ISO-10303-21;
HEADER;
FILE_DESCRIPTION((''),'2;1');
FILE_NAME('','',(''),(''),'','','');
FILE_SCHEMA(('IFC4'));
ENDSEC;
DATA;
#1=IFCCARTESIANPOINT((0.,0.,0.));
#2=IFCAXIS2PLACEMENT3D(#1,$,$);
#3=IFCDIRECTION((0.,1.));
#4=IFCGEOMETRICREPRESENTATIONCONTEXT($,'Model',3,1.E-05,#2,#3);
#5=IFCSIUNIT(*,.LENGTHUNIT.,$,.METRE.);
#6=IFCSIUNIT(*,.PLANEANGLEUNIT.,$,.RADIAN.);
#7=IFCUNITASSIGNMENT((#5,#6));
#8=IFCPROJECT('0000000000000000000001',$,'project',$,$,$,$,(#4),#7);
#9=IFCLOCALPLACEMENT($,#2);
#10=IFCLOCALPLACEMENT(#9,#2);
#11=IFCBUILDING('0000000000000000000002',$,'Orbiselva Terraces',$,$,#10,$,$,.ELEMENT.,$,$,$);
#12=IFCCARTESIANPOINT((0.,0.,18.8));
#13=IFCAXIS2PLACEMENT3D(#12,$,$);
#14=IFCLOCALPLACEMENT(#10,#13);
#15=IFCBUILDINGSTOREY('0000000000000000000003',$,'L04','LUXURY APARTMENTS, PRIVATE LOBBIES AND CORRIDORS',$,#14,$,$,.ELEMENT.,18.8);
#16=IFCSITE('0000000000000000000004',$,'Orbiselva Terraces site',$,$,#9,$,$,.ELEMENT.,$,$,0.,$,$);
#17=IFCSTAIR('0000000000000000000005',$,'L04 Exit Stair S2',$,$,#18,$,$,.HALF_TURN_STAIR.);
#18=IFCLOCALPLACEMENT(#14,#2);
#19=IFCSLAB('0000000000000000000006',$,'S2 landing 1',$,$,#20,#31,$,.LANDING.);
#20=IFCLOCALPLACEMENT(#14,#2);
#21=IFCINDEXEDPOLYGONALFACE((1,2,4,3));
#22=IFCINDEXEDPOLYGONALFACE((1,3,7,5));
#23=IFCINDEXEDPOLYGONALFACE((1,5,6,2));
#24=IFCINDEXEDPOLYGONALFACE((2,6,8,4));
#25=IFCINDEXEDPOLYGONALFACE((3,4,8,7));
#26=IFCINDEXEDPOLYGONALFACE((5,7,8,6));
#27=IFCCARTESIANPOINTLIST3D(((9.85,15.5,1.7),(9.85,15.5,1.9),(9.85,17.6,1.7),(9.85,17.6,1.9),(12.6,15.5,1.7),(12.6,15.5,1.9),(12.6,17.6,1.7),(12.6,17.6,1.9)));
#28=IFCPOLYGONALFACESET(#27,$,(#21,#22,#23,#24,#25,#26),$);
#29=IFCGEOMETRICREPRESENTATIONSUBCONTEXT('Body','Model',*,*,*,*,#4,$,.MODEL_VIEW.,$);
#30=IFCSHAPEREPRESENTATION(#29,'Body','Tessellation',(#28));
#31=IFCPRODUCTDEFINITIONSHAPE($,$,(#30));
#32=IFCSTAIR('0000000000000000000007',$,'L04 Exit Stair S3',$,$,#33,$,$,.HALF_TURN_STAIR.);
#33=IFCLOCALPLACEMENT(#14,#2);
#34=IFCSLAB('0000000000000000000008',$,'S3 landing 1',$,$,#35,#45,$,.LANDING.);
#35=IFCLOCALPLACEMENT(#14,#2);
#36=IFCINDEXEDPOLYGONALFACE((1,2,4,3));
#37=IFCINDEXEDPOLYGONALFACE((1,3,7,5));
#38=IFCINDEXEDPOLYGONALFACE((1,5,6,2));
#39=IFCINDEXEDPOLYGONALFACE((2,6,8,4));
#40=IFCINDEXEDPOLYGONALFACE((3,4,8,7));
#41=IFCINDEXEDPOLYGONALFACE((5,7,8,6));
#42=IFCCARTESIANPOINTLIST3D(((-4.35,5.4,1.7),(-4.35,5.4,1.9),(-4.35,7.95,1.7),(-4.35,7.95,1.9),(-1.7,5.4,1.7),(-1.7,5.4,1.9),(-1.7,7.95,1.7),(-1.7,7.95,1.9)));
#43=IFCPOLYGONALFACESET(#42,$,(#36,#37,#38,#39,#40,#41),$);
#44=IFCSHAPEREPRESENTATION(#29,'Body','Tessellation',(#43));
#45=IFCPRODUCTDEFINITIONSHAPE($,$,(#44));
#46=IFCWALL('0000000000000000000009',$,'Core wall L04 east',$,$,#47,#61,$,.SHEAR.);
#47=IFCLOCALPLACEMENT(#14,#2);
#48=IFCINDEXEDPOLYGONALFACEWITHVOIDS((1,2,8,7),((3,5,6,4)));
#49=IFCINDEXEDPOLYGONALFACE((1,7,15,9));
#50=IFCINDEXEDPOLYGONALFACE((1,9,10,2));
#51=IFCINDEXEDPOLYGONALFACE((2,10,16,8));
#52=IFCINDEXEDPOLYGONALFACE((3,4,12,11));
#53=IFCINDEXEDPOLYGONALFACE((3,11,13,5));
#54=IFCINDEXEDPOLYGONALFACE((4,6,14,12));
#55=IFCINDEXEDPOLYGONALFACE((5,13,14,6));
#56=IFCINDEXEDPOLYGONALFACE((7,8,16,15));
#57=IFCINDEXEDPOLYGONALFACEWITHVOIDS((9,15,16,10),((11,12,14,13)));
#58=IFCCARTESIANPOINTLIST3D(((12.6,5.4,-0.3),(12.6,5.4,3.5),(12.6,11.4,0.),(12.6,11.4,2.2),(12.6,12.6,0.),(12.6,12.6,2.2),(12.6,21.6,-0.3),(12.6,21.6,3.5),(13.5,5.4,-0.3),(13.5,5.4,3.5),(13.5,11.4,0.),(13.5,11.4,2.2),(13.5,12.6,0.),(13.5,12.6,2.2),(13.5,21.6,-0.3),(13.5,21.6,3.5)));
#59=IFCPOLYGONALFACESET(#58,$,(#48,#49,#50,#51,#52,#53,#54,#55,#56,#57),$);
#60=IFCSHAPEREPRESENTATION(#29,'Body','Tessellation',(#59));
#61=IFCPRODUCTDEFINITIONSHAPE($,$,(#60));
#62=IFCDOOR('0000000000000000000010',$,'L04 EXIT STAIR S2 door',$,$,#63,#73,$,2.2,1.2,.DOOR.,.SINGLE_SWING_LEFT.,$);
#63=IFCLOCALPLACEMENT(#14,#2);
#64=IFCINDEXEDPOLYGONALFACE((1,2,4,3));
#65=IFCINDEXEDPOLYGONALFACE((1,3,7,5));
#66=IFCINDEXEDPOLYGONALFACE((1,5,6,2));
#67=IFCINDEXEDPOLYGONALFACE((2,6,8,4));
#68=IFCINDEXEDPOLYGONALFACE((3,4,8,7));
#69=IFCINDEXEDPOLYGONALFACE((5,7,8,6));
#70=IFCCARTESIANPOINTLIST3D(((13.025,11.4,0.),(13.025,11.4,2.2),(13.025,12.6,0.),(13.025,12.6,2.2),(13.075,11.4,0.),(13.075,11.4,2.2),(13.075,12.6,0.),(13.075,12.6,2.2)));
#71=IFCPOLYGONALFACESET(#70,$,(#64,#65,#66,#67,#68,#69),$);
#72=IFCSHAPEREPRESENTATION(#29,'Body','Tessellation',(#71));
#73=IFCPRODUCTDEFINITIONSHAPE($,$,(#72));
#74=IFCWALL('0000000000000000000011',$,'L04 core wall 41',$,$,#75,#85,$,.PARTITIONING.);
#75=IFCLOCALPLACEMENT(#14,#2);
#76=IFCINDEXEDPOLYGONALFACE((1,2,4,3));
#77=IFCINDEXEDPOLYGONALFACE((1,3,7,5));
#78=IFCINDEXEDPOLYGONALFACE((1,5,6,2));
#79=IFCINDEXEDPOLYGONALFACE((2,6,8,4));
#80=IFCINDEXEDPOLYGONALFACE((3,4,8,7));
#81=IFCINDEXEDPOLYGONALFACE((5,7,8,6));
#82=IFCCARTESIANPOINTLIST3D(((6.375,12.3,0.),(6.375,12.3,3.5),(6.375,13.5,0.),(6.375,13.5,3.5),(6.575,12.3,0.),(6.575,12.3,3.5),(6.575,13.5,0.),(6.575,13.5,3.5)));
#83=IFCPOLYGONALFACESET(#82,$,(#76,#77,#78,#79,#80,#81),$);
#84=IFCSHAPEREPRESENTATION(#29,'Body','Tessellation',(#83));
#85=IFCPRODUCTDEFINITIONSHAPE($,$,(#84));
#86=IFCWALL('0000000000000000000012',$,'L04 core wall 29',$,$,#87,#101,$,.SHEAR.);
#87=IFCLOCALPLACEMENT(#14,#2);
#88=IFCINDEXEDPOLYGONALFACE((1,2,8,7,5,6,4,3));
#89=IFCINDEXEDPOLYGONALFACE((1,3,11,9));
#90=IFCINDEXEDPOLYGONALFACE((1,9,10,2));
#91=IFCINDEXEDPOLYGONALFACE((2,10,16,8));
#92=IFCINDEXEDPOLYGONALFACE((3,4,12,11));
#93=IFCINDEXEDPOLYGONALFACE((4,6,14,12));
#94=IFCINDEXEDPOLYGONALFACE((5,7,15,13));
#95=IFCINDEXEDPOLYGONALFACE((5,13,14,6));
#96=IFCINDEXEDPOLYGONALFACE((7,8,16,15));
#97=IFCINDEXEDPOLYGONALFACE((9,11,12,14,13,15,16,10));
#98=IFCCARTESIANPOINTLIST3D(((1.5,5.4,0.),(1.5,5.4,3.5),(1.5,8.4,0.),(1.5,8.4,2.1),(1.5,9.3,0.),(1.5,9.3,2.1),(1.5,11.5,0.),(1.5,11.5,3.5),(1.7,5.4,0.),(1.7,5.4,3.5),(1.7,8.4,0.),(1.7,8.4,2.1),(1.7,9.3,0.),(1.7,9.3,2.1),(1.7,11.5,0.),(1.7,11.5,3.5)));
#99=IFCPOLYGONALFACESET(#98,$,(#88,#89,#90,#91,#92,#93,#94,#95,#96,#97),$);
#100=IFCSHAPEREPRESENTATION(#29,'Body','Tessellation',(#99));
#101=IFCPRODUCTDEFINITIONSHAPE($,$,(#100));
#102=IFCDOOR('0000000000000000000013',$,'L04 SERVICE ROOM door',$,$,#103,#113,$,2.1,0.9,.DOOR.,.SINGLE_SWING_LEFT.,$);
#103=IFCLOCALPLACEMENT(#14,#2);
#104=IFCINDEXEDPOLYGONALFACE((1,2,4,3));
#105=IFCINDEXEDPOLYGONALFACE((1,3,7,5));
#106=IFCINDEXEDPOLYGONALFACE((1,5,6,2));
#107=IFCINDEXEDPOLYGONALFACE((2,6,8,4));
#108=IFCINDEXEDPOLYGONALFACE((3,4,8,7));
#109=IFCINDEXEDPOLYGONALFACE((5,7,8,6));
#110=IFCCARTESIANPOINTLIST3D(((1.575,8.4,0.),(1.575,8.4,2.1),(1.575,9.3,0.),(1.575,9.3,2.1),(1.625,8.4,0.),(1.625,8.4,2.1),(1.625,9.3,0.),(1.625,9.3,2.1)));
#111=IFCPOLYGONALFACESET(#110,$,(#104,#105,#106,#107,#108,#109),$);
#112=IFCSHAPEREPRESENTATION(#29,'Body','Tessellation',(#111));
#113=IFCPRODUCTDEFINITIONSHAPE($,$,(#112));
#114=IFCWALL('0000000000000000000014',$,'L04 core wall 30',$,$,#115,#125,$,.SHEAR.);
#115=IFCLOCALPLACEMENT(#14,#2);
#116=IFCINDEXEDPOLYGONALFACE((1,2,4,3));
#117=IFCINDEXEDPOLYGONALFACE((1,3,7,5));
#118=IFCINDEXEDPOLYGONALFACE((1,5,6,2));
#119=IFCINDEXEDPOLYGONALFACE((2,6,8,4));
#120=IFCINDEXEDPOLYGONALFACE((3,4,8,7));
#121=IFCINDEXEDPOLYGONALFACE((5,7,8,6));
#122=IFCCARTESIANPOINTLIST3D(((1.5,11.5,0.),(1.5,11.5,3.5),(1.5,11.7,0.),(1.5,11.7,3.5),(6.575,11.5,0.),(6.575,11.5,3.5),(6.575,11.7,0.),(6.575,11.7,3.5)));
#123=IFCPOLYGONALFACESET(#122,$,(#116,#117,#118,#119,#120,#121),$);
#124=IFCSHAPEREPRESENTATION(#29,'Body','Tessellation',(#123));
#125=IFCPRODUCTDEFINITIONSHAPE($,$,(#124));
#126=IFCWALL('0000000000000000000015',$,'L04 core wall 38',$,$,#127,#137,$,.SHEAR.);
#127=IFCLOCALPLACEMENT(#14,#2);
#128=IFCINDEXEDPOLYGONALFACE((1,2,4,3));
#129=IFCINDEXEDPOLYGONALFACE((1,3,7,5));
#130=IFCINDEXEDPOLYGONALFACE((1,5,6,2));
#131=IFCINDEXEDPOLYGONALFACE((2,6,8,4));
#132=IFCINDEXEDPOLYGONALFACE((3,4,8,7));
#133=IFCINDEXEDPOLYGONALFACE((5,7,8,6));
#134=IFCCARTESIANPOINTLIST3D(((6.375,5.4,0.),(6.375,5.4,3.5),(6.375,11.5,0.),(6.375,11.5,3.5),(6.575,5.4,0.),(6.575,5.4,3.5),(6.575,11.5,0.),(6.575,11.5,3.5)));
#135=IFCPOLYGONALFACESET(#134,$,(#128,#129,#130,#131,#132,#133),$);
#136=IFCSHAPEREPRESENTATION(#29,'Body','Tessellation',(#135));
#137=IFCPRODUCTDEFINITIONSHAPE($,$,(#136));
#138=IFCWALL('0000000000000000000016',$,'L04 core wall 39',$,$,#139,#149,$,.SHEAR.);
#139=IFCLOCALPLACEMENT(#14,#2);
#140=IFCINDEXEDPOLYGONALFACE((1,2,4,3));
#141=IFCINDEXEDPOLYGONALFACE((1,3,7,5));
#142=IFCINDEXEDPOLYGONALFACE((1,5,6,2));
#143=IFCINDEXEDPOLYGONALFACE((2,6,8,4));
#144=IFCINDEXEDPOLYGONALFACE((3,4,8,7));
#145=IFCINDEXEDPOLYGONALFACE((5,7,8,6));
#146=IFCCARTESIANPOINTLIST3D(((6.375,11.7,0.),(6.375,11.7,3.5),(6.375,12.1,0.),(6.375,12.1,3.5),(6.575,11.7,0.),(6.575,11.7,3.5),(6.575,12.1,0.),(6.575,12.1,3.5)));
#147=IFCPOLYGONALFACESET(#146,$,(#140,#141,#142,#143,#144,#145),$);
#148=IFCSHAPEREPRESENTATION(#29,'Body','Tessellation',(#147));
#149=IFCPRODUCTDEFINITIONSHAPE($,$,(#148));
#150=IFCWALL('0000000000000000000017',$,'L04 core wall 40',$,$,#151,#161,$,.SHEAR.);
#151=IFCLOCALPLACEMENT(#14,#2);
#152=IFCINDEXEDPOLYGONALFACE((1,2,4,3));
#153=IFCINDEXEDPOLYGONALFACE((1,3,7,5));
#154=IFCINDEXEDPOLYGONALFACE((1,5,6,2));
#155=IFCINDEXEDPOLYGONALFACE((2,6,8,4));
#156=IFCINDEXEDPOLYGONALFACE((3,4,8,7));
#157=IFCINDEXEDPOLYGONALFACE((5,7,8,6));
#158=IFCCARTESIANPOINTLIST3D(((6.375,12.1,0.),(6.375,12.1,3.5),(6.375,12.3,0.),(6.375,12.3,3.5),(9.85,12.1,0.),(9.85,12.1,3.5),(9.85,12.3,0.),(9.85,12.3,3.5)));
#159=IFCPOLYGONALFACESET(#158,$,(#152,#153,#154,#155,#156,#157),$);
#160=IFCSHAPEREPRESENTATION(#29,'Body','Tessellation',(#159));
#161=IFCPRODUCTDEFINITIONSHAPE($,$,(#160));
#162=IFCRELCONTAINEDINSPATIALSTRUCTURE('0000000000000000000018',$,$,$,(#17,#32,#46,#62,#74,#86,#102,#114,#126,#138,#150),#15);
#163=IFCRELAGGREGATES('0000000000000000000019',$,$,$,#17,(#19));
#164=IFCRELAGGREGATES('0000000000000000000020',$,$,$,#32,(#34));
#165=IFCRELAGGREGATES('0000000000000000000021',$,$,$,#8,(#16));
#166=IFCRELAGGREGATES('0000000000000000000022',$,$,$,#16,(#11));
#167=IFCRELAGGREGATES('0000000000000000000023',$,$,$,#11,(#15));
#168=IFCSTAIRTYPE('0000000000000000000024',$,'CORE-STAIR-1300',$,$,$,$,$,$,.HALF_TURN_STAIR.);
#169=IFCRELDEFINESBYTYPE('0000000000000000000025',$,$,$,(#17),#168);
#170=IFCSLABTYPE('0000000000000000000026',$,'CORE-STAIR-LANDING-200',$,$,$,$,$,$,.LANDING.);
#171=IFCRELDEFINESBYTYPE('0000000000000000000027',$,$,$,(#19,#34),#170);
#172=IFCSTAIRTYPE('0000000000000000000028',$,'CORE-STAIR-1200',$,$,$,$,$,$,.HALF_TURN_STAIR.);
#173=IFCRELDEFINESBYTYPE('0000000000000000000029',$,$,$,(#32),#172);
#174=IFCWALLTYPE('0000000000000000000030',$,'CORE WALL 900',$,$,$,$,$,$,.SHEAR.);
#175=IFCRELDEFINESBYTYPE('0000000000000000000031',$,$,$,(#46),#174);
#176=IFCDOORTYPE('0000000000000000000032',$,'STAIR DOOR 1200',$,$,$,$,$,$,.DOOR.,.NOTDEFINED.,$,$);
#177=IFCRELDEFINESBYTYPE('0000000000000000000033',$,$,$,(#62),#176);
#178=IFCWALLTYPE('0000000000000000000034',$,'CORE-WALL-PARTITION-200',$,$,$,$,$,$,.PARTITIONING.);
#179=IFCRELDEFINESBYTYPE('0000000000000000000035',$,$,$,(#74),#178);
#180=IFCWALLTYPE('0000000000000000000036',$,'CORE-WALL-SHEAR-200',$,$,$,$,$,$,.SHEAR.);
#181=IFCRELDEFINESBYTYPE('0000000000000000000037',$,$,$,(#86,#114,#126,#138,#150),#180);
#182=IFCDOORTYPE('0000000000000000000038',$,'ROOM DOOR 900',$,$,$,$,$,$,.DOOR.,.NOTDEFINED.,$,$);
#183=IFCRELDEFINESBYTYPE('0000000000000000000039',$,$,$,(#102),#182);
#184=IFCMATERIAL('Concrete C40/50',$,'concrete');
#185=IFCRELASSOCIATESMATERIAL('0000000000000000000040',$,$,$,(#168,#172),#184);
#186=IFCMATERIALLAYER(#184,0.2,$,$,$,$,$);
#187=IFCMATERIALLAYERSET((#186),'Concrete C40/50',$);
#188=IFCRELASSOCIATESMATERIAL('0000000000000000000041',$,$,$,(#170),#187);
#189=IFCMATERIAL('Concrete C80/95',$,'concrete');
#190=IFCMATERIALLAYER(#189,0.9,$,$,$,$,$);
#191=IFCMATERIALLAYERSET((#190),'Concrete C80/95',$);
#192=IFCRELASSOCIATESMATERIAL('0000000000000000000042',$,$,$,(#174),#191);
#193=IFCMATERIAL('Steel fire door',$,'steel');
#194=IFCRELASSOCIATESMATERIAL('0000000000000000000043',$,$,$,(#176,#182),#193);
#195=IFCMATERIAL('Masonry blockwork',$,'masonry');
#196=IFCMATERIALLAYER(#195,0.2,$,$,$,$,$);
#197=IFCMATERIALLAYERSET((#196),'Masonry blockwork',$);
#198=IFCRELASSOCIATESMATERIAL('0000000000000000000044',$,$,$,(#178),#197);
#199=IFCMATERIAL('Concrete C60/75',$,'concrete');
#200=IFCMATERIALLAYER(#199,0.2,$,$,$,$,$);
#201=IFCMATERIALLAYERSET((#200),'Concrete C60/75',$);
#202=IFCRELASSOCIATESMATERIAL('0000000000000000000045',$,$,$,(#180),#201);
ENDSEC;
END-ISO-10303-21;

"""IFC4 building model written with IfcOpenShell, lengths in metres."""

from ifc_helpers import new_model, si_unit, direction, frame, frame_2d, origin, place, context, subcontext, project, spatial, polyline, rectangle, outline, extrude, material, layer, layer_set, type_object, element, fill, aggregate, save


model = new_model("IFC4")

# Units and contexts
model_context = context("Model", 3, precision=1e-05, world=origin(), true_north=direction((0.0, 1.0)))
body_context = subcontext(model_context, "Body", "Model", "MODEL_VIEW")
ifc_project = project(units=[si_unit("LENGTHUNIT", "METRE"), si_unit("PLANEANGLEUNIT", "RADIAN")], contexts=[model_context])

# Site, building, storey
site_placement = place(None, origin())
site = spatial("IfcSite", under=ifc_project, at=site_placement, Name="Orbiselva Terraces site", CompositionType="ELEMENT", RefElevation=0.0)
building_placement = place(site_placement, origin())
building = spatial("IfcBuilding", under=site, at=building_placement, Name="Orbiselva Terraces", CompositionType="ELEMENT")
storey_placement = place(building_placement, frame((0.0, 0.0, 18.8)))
storey = spatial("IfcBuildingStorey", under=building, at=storey_placement, Name="L04", Description="LUXURY APARTMENTS, PRIVATE LOBBIES AND CORRIDORS", CompositionType="ELEMENT", Elevation=18.8)

# Stairs, slabs
ifc_material_1 = material(Name="Concrete C40/50", Category="concrete")
stair_type_1 = type_object("IfcStairType", Name="CORE-STAIR-1300", PredefinedType="HALF_TURN_STAIR", material=ifc_material_1)
stair_1_placement = place(storey_placement, origin())
stair_1 = element("IfcStair", 1, at=stair_1_placement, inside=storey, type_object=stair_type_1, Name="L04 Exit Stair S2", PredefinedType="HALF_TURN_STAIR")
ifc_layer_1 = layer(ifc_material_1, 0.2)
ifc_layer_set_1 = layer_set([ifc_layer_1], Name="Concrete C40/50")
slab_type = type_object("IfcSlabType", Name="CORE-STAIR-LANDING-200", PredefinedType="LANDING", material=ifc_layer_set_1)
slab_1_placement = place(storey_placement, frame((0.0, 0.0, 1.7)))
slab_1 = element("IfcSlab", 2, at=slab_1_placement, type_object=slab_type, Name="S2 landing 1", PredefinedType="LANDING", context=body_context, shape_type="SweptSolid", body=[
    extrude(outline(polyline([(12.6, 15.5), (12.6, 17.6), (9.85, 17.6), (9.85, 15.5), (12.6, 15.5)])), origin(), (0.0, 0.0, 1.0), 0.2),
])
aggregate(stair_1, [slab_1])
stair_type_2 = type_object("IfcStairType", Name="CORE-STAIR-1200", PredefinedType="HALF_TURN_STAIR", material=ifc_material_1)
stair_2_placement = place(storey_placement, origin())
stair_2 = element("IfcStair", 3, at=stair_2_placement, inside=storey, type_object=stair_type_2, Name="L04 Exit Stair S3", PredefinedType="HALF_TURN_STAIR")
slab_2_placement = place(storey_placement, frame((0.0, 0.0, 1.7)))
slab_2 = element("IfcSlab", 4, at=slab_2_placement, type_object=slab_type, Name="S3 landing 1", PredefinedType="LANDING", context=body_context, shape_type="SweptSolid", body=[
    extrude(outline(polyline([(-4.35, 5.4), (-1.7, 5.4), (-1.7, 7.95), (-4.35, 7.95), (-4.35, 5.4)])), origin(), (0.0, 0.0, 1.0), 0.2),
])
aggregate(stair_2, [slab_2])

# Wall, opening, door
ifc_material_2 = material(Name="Concrete C80/95", Category="concrete")
ifc_layer_2 = layer(ifc_material_2, 0.9)
ifc_layer_set_2 = layer_set([ifc_layer_2], Name="Concrete C80/95")
wall_type_1 = type_object("IfcWallType", Name="CORE WALL 900", PredefinedType="SHEAR", material=ifc_layer_set_2)
wall_1_placement = place(storey_placement, frame((13.05, 5.4, -0.3), z_axis=(0.0, 0.0, 1.0), x_axis=(0.0, 1.0, 0.0)))
wall_1 = element("IfcWall", 5, at=wall_1_placement, inside=storey, type_object=wall_type_1, Name="Core wall L04 east", PredefinedType="SHEAR", context=body_context, shape_type="SweptSolid", body=[
    extrude(rectangle(XDim=16.2, YDim=0.9, at=frame_2d((8.1, 0.0))), origin(), (0.0, 0.0, 1.0), 3.8),
])
opening_1_placement = place(wall_1_placement, frame((6.0, 0.0, 0.3)))
opening_1 = element("IfcOpeningElement", 6, at=opening_1_placement, cuts=wall_1, PredefinedType="OPENING", context=body_context, shape_type="SweptSolid", body=[
    extrude(rectangle(XDim=1.2, YDim=2.2, at=frame_2d((0.6, 1.1))), frame((0.0, 0.46, 0.0), z_axis=(0.0, -1.0, 0.0), x_axis=(1.0, 0.0, 0.0)), (0.0, 0.0, 1.0), 0.92),
])
ifc_material_3 = material(Name="Steel fire door", Category="steel")
door_type_1 = type_object("IfcDoorType", Name="STAIR DOOR 1200", OperationType="NOTDEFINED", PredefinedType="DOOR", material=ifc_material_3)
door_1_placement = place(opening_1_placement, frame((1.2, 0.0, 0.0), z_axis=(0.0, 0.0, 1.0), x_axis=(-1.0, 0.0, 0.0)))
door_1 = element("IfcDoor", 7, at=door_1_placement, inside=storey, type_object=door_type_1, Name="L04 EXIT STAIR S2 door", OperationType="SINGLE_SWING_LEFT", OverallHeight=2.2, OverallWidth=1.2, PredefinedType="DOOR", context=body_context, shape_type="SweptSolid", body=[
    extrude(rectangle(XDim=1.2, YDim=2.2, at=frame_2d((0.6, 1.1))), frame((0.0, 0.025, 0.0), z_axis=(0.0, -1.0, 0.0), x_axis=(1.0, 0.0, 0.0)), (0.0, 0.0, 1.0), 0.05),
])
fill(opening_1, door_1)

# Wall
ifc_material_4 = material(Name="Masonry blockwork", Category="masonry")
ifc_layer_3 = layer(ifc_material_4, 0.2)
ifc_layer_set_3 = layer_set([ifc_layer_3], Name="Masonry blockwork")
wall_type_2 = type_object("IfcWallType", Name="CORE-WALL-PARTITION-200", PredefinedType="PARTITIONING", material=ifc_layer_set_3)
wall_2_placement = place(storey_placement, frame((6.475, 12.3, 0.0), z_axis=(0.0, 0.0, 1.0), x_axis=(0.0, 1.0, 0.0)))
element("IfcWall", 8, at=wall_2_placement, inside=storey, type_object=wall_type_2, Name="L04 core wall 41", PredefinedType="PARTITIONING", context=body_context, shape_type="SweptSolid", body=[
    extrude(rectangle(XDim=1.2, YDim=0.2, at=frame_2d((0.6, 0.0))), origin(), (0.0, 0.0, 1.0), 3.5),
])

# Wall, opening, door
ifc_material_5 = material(Name="Concrete C60/75", Category="concrete")
ifc_layer_4 = layer(ifc_material_5, 0.2)
ifc_layer_set_4 = layer_set([ifc_layer_4], Name="Concrete C60/75")
wall_type_3 = type_object("IfcWallType", Name="CORE-WALL-SHEAR-200", PredefinedType="SHEAR", material=ifc_layer_set_4)
wall_3_placement = place(storey_placement, frame((1.6, 11.5, 0.0), z_axis=(0.0, 0.0, 1.0), x_axis=(0.0, -1.0, 0.0)))
wall_3 = element("IfcWall", 9, at=wall_3_placement, inside=storey, type_object=wall_type_3, Name="L04 core wall 29", PredefinedType="SHEAR", context=body_context, shape_type="SweptSolid", body=[
    extrude(rectangle(XDim=6.1, YDim=0.2, at=frame_2d((3.05, 0.0))), origin(), (0.0, 0.0, 1.0), 3.5),
])
opening_2_placement = place(wall_3_placement, frame((2.2, 0.0, 0.0)))
opening_2 = element("IfcOpeningElement", 10, at=opening_2_placement, cuts=wall_3, PredefinedType="OPENING", context=body_context, shape_type="SweptSolid", body=[
    extrude(rectangle(XDim=0.9, YDim=2.1, at=frame_2d((0.45, 1.05))), frame((0.0, 0.11, 0.0), z_axis=(0.0, -1.0, 0.0), x_axis=(1.0, 0.0, 0.0)), (0.0, 0.0, 1.0), 0.22),
])
door_type_2 = type_object("IfcDoorType", Name="ROOM DOOR 900", OperationType="NOTDEFINED", PredefinedType="DOOR", material=ifc_material_3)
door_2_placement = place(opening_2_placement, origin())
door_2 = element("IfcDoor", 11, at=door_2_placement, inside=storey, type_object=door_type_2, Name="L04 SERVICE ROOM door", OperationType="SINGLE_SWING_LEFT", OverallHeight=2.1, OverallWidth=0.9, PredefinedType="DOOR", context=body_context, shape_type="SweptSolid", body=[
    extrude(rectangle(XDim=0.9, YDim=2.1, at=frame_2d((0.45, 1.05))), frame((0.0, 0.025, 0.0), z_axis=(0.0, -1.0, 0.0), x_axis=(1.0, 0.0, 0.0)), (0.0, 0.0, 1.0), 0.05),
])
fill(opening_2, door_2)

# Walls
wall_4_placement = place(storey_placement, frame((1.5, 11.6, 0.0), z_axis=(0.0, 0.0, 1.0), x_axis=(1.0, 0.0, 0.0)))
element("IfcWall", 12, at=wall_4_placement, inside=storey, type_object=wall_type_3, Name="L04 core wall 30", PredefinedType="SHEAR", context=body_context, shape_type="SweptSolid", body=[
    extrude(rectangle(XDim=5.075, YDim=0.2, at=frame_2d((2.5375, 0.0))), origin(), (0.0, 0.0, 1.0), 3.5),
])
wall_5_placement = place(storey_placement, frame((6.475, 5.4, 0.0), z_axis=(0.0, 0.0, 1.0), x_axis=(0.0, 1.0, 0.0)))
element("IfcWall", 13, at=wall_5_placement, inside=storey, type_object=wall_type_3, Name="L04 core wall 38", PredefinedType="SHEAR", context=body_context, shape_type="SweptSolid", body=[
    extrude(rectangle(XDim=6.1, YDim=0.2, at=frame_2d((3.05, 0.0))), origin(), (0.0, 0.0, 1.0), 3.5),
])
wall_6_placement = place(storey_placement, frame((6.475, 11.7, 0.0), z_axis=(0.0, 0.0, 1.0), x_axis=(0.0, 1.0, 0.0)))
element("IfcWall", 14, at=wall_6_placement, inside=storey, type_object=wall_type_3, Name="L04 core wall 39", PredefinedType="SHEAR", context=body_context, shape_type="SweptSolid", body=[
    extrude(rectangle(XDim=0.4, YDim=0.2, at=frame_2d((0.2, 0.0))), origin(), (0.0, 0.0, 1.0), 3.5),
])
wall_7_placement = place(storey_placement, frame((6.375, 12.2, 0.0), z_axis=(0.0, 0.0, 1.0), x_axis=(1.0, 0.0, 0.0)))
element("IfcWall", 15, at=wall_7_placement, inside=storey, type_object=wall_type_3, Name="L04 core wall 40", PredefinedType="SHEAR", context=body_context, shape_type="SweptSolid", body=[
    extrude(rectangle(XDim=3.475, YDim=0.2, at=frame_2d((1.7375, 0.0))), origin(), (0.0, 0.0, 1.0), 3.5),
])

save(model, "model.ifc")
